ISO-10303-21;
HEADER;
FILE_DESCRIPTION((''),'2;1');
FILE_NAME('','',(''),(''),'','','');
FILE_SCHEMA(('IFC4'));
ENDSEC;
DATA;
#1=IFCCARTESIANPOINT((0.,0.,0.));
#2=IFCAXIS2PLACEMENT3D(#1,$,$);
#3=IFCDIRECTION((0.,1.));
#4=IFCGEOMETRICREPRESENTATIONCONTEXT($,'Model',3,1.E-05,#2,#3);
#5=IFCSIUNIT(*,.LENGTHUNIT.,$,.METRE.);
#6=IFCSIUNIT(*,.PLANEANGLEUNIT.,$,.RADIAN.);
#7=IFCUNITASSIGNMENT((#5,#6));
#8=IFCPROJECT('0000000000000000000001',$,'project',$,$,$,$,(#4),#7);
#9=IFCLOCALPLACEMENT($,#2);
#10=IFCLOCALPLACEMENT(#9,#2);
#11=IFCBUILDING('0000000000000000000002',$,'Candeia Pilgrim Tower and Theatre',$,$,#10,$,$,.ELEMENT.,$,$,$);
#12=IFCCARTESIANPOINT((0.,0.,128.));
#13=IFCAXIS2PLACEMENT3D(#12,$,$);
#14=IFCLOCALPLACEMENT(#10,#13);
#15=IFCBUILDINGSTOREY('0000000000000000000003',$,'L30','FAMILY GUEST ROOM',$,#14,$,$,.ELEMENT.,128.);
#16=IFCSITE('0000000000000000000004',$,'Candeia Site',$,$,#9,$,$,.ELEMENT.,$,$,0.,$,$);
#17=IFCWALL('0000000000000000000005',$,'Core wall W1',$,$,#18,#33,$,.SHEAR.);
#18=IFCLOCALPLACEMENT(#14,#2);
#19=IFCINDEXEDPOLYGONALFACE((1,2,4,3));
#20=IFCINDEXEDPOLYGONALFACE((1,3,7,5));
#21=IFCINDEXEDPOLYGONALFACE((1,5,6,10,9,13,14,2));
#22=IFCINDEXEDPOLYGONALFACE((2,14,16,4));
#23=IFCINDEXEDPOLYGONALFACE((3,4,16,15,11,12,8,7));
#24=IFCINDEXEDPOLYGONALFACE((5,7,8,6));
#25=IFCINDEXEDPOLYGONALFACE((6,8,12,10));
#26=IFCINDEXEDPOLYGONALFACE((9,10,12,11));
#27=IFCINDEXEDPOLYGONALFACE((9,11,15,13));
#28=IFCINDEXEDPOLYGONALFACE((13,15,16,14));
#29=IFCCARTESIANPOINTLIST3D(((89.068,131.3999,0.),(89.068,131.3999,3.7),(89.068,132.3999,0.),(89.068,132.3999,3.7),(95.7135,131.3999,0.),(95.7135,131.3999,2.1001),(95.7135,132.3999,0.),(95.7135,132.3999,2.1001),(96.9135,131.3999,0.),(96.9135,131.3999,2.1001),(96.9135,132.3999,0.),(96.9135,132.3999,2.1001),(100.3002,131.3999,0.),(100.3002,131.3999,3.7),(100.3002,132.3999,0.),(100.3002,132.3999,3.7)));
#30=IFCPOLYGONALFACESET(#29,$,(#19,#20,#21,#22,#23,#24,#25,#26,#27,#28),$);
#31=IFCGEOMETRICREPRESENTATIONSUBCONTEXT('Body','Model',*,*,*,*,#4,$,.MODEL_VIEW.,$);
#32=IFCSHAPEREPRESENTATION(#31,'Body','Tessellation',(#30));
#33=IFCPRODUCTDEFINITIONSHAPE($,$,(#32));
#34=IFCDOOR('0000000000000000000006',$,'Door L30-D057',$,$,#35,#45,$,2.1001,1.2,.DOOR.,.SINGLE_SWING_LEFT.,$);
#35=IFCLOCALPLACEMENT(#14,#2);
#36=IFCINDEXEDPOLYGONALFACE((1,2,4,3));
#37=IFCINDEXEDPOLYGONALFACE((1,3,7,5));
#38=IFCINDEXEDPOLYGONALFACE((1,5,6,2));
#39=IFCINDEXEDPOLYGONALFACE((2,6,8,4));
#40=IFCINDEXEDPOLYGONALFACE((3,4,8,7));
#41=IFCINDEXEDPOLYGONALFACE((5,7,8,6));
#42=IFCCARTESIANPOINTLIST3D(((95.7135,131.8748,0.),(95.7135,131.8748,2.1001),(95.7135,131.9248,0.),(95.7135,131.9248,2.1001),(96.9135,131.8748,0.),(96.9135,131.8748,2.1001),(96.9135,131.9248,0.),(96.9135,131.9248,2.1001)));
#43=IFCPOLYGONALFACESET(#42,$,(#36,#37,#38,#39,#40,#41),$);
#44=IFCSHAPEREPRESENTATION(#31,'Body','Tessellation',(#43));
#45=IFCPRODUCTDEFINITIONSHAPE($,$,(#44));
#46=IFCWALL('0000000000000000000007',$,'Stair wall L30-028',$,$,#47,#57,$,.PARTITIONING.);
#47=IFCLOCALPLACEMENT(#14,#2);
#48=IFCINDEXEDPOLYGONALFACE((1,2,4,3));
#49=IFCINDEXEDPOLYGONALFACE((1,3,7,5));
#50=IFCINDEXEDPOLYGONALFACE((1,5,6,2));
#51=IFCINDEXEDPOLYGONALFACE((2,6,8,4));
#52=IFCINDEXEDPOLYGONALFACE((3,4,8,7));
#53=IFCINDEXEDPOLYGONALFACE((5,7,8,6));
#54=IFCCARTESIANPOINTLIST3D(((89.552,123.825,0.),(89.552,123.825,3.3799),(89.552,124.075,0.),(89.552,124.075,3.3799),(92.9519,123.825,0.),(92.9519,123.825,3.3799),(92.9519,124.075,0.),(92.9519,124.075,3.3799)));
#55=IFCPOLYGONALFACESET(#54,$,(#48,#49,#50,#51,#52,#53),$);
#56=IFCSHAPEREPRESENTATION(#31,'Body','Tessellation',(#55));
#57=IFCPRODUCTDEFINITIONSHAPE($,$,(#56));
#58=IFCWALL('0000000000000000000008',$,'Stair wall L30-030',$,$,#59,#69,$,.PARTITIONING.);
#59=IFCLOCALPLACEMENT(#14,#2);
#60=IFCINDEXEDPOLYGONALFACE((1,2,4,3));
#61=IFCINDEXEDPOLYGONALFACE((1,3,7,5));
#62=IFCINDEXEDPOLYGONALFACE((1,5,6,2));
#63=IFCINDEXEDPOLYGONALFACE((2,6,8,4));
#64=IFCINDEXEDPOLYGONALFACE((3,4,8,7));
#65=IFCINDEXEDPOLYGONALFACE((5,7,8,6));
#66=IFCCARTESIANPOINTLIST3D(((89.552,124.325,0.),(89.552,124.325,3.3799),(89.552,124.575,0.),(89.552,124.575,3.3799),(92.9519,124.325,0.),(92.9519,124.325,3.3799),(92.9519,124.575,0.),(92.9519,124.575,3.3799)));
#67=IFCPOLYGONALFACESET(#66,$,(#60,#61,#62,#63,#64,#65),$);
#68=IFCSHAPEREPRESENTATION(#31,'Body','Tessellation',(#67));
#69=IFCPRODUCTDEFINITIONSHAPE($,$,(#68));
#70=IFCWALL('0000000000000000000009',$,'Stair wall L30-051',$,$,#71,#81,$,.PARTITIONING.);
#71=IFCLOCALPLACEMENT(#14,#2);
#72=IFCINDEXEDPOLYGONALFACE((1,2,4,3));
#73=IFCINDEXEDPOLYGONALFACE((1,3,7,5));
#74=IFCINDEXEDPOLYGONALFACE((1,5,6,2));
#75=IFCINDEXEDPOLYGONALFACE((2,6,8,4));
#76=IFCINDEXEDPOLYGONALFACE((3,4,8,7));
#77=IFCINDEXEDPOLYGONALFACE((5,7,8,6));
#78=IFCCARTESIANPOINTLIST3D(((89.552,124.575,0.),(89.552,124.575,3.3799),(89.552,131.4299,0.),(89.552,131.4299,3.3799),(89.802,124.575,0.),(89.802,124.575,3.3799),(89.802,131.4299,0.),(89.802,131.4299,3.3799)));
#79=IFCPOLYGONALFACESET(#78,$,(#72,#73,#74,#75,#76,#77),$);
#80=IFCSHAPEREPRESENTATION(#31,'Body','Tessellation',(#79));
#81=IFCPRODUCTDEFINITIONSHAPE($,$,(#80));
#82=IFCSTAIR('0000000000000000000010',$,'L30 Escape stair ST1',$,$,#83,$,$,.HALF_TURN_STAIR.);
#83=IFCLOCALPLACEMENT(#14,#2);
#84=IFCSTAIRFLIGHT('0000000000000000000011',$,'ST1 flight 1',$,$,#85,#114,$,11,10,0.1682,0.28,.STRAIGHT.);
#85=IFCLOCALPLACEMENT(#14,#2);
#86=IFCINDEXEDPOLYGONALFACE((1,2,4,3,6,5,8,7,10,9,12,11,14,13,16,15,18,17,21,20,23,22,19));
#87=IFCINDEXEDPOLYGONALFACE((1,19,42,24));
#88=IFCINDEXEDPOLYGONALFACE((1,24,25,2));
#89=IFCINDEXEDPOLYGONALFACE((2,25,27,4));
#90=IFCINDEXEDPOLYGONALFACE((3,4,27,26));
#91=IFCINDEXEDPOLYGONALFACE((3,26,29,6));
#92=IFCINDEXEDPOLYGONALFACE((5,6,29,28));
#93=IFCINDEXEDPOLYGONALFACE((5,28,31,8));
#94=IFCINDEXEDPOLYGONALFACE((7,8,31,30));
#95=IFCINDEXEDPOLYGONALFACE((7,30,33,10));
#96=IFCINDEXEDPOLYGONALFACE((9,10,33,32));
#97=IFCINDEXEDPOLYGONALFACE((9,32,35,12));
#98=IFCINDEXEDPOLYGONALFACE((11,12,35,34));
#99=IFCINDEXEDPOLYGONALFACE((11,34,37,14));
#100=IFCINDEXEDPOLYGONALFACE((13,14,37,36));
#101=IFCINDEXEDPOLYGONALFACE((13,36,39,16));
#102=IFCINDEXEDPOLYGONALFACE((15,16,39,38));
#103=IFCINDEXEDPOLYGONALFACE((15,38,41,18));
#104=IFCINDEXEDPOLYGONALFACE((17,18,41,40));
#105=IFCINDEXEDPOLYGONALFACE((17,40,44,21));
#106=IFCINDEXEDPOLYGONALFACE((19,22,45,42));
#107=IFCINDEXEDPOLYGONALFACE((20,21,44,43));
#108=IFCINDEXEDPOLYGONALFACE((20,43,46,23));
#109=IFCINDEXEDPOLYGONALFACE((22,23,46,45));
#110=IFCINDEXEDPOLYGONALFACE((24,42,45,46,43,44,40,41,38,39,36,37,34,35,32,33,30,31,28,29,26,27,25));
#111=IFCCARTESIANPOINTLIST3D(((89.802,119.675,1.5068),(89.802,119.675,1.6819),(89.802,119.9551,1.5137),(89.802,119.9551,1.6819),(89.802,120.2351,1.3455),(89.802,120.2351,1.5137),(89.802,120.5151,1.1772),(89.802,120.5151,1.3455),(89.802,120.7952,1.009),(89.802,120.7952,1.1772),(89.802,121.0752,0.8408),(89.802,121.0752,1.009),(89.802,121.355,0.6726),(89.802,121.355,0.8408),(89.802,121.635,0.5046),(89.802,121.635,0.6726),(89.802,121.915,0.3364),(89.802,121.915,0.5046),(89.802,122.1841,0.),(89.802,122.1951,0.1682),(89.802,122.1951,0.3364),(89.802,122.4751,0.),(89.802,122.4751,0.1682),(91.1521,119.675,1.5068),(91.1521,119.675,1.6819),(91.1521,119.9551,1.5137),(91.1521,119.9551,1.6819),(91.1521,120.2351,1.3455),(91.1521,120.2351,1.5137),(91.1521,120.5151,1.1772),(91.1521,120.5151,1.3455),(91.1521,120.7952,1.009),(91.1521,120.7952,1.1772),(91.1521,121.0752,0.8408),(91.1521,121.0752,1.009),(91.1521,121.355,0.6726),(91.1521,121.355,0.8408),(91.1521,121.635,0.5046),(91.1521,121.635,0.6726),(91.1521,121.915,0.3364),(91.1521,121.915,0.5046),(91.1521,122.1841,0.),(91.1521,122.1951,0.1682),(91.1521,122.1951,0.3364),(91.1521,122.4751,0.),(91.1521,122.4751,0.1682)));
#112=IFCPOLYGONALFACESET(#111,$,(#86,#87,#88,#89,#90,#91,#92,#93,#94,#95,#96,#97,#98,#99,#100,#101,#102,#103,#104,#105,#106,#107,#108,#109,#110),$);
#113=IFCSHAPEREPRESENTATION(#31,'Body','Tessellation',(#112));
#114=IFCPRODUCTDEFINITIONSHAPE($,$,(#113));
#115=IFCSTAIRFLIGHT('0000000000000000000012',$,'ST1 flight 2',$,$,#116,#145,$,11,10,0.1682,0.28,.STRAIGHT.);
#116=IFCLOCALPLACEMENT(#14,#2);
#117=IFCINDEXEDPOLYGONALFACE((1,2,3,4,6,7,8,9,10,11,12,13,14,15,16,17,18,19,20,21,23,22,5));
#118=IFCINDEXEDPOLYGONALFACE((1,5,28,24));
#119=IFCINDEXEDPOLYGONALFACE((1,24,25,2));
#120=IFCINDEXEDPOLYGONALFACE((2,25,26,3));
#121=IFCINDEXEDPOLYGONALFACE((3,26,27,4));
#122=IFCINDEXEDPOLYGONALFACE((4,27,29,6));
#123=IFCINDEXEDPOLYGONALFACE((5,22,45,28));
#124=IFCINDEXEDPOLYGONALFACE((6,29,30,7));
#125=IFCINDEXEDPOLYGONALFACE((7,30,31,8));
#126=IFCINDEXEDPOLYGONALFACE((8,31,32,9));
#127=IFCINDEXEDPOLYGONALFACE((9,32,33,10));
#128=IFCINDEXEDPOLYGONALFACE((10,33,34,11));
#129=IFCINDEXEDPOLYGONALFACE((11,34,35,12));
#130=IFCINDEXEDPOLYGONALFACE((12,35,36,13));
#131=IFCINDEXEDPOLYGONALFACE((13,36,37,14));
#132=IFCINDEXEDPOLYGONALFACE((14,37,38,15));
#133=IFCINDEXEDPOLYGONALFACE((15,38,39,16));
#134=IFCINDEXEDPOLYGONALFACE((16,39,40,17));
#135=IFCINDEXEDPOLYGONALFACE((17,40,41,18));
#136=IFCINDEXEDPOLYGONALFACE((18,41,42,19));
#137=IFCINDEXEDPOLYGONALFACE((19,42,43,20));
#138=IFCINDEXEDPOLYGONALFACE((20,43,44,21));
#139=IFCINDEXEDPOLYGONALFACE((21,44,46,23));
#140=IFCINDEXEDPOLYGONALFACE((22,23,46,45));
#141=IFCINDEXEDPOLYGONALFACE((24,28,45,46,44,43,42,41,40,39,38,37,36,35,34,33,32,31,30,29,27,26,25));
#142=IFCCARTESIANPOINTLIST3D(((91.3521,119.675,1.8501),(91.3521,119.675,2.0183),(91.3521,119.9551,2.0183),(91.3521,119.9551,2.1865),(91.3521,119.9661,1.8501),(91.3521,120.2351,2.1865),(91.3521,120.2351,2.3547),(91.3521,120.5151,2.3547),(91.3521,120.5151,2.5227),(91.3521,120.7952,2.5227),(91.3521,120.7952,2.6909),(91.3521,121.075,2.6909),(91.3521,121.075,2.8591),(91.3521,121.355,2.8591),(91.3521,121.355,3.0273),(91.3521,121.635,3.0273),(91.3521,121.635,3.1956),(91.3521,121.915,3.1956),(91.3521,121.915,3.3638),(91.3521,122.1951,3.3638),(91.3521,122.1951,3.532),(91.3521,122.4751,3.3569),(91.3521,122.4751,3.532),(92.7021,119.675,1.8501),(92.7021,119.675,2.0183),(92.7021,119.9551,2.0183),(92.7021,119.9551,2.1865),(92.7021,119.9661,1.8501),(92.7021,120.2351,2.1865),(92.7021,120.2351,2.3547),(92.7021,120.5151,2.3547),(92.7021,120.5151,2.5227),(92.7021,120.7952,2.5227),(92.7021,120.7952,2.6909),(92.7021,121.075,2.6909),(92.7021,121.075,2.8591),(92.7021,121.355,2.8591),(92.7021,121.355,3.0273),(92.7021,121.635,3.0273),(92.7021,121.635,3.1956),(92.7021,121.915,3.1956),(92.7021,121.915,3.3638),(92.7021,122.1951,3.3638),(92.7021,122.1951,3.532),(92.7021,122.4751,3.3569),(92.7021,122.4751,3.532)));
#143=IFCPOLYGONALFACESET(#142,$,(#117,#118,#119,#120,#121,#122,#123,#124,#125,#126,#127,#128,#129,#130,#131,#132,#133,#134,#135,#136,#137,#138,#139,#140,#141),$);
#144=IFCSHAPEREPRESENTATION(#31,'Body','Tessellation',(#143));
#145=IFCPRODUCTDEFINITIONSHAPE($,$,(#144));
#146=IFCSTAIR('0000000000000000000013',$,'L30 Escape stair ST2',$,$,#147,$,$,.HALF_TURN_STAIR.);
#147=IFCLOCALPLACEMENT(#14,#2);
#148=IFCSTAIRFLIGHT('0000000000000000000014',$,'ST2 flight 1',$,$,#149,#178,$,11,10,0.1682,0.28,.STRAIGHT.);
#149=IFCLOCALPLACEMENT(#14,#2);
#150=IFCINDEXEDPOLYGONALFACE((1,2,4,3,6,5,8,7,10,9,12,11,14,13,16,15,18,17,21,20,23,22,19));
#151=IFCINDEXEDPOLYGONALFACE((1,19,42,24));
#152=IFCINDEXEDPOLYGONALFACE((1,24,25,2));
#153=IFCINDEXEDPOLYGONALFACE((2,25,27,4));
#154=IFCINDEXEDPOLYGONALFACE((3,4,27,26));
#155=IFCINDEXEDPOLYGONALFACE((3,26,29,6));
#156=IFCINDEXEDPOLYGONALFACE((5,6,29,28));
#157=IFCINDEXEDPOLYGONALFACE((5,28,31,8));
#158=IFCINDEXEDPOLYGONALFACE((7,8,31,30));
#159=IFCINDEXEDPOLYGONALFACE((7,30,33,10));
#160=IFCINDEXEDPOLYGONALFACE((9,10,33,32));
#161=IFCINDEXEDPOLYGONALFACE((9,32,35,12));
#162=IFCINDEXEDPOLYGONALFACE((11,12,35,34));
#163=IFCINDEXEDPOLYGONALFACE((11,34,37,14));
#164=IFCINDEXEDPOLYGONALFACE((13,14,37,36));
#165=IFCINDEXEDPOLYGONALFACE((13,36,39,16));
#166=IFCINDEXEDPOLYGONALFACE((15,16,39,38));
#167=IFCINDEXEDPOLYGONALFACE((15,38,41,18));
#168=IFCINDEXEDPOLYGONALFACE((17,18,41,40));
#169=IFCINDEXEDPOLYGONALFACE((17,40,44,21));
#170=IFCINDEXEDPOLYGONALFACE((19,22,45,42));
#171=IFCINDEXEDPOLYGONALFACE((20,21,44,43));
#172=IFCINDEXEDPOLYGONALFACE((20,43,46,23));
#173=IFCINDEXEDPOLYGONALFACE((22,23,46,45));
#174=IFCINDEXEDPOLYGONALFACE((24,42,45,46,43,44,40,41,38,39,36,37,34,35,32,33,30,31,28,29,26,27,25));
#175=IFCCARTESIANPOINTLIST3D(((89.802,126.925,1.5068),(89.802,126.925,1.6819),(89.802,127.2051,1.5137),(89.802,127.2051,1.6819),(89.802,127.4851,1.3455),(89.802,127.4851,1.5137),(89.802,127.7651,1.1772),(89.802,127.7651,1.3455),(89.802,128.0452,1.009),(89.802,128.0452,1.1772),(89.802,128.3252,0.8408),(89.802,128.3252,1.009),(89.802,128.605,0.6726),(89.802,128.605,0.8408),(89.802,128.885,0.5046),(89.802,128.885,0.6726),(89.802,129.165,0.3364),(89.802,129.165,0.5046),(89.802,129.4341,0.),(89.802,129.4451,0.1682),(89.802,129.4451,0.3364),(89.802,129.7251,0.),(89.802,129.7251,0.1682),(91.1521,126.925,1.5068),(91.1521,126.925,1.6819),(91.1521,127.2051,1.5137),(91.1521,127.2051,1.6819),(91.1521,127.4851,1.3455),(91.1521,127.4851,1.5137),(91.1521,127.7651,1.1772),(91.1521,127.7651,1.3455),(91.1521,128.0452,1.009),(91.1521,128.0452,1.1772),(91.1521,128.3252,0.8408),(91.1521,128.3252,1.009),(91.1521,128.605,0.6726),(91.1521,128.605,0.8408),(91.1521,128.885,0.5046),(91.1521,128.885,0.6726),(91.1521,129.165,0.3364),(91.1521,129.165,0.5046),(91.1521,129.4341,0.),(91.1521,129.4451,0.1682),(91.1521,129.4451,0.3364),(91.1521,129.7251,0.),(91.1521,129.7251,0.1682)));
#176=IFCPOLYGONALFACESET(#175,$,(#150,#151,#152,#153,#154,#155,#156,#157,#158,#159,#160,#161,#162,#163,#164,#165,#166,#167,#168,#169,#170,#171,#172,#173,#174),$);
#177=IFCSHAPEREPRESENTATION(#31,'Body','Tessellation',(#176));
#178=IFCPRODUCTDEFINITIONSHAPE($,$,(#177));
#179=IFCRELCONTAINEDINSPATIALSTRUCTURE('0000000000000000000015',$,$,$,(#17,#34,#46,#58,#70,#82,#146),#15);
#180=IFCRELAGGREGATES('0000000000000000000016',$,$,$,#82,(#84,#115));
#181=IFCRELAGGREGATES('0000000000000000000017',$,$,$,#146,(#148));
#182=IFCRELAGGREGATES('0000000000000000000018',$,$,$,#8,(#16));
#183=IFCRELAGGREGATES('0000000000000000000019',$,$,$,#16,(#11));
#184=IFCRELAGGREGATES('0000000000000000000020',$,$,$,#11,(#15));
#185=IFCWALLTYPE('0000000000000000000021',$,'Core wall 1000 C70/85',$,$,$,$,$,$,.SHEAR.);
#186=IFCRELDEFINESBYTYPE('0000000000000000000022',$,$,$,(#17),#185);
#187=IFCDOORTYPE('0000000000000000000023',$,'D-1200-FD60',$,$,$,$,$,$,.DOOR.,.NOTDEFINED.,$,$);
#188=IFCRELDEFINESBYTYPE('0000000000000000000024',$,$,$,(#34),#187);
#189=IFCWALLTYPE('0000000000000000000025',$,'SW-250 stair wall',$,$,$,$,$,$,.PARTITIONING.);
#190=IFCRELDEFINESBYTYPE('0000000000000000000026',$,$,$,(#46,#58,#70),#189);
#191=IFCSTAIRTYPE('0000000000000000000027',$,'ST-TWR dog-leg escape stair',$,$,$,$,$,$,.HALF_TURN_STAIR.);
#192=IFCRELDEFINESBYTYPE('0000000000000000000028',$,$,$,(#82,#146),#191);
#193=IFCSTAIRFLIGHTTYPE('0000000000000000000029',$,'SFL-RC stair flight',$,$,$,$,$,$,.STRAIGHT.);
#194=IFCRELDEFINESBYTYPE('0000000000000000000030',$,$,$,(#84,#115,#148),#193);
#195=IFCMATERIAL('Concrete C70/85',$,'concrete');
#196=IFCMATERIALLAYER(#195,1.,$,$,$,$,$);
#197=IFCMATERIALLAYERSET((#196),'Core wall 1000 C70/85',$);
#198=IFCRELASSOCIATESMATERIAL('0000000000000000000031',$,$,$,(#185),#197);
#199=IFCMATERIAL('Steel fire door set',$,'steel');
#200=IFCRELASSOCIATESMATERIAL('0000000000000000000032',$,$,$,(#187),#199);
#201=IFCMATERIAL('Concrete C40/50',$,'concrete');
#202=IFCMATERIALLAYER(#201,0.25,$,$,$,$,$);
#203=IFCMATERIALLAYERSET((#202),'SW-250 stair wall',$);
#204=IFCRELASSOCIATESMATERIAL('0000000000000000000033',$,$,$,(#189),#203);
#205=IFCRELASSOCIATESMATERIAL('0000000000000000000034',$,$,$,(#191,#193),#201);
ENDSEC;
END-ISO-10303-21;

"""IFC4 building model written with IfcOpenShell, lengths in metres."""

from ifc_helpers import new_model, si_unit, direction, frame, frame_2d, origin, place, context, subcontext, project, spatial, polyline, rectangle, outline, extrude, material, layer, layer_set, type_object, element, fill, aggregate, save


model = new_model("IFC4")

# Units and contexts
model_context = context("Model", 3, precision=1e-05, world=origin(), true_north=direction((0.0, 1.0)))
body_context = subcontext(model_context, "Body", "Model", "MODEL_VIEW")
ifc_project = project(units=[si_unit("LENGTHUNIT", "METRE"), si_unit("PLANEANGLEUNIT", "RADIAN")], contexts=[model_context])

# Site, building, storey
site_placement = place(None, origin())
site = spatial("IfcSite", under=ifc_project, at=site_placement, Name="Candeia Site", CompositionType="ELEMENT", RefElevation=0.0)
building_placement = place(site_placement, origin())
building = spatial("IfcBuilding", under=site, at=building_placement, Name="Candeia Pilgrim Tower and Theatre", CompositionType="ELEMENT")
storey_placement = place(building_placement, frame((0.0, 0.0, 128.0)))
storey = spatial("IfcBuildingStorey", under=building, at=storey_placement, Name="L30", Description="FAMILY GUEST ROOM", CompositionType="ELEMENT", Elevation=128.0)

# Wall, opening, door
ifc_material_1 = material(Name="Concrete C70/85", Category="concrete")
ifc_layer_1 = layer(ifc_material_1, 1.0)
ifc_layer_set_1 = layer_set([ifc_layer_1], Name="Core wall 1000 C70/85")
wall_type_1 = type_object("IfcWallType", Name="Core wall 1000 C70/85", PredefinedType="SHEAR", material=ifc_layer_set_1)
wall_1_placement = place(storey_placement, frame((89.0679, 131.8999, 0.0), z_axis=(0.0, 0.0, 1.0), x_axis=(1.0, 0.0, 0.0)))
wall_1 = element("IfcWall", 1, at=wall_1_placement, inside=storey, type_object=wall_type_1, Name="Core wall W1", PredefinedType="SHEAR", context=body_context, shape_type="SweptSolid", body=[
    extrude(rectangle(XDim=11.2322, YDim=1.0, at=frame_2d((5.6162, 0.0))), origin(), (0.0, 0.0, 1.0), 3.7),
])
opening_placement = place(wall_1_placement, frame((6.6455, 0.0, 0.0)))
opening = element("IfcOpeningElement", 2, at=opening_placement, cuts=wall_1, PredefinedType="OPENING", context=body_context, shape_type="SweptSolid", body=[
    extrude(rectangle(XDim=1.2, YDim=2.1001, at=frame_2d((0.6001, 1.05))), frame((0.0, 0.51, 0.0), z_axis=(0.0, -1.0, 0.0), x_axis=(1.0, 0.0, 0.0)), (0.0, 0.0, 1.0), 1.02),
])
ifc_material_2 = material(Name="Steel fire door set", Category="steel")
door_type = type_object("IfcDoorType", Name="D-1200-FD60", OperationType="NOTDEFINED", PredefinedType="DOOR", material=ifc_material_2)
door_placement = place(opening_placement, origin())
door = element("IfcDoor", 3, at=door_placement, inside=storey, type_object=door_type, Name="Door L30-D057", OperationType="SINGLE_SWING_LEFT", OverallHeight=2.1001, OverallWidth=1.2, PredefinedType="DOOR", context=body_context, shape_type="SweptSolid", body=[
    extrude(rectangle(XDim=1.2, YDim=2.1001, at=frame_2d((0.6001, 1.05))), frame((0.0, 0.0249, 0.0), z_axis=(0.0, -1.0, 0.0), x_axis=(1.0, 0.0, 0.0)), (0.0, 0.0, 1.0), 0.05),
])
fill(opening, door)

# Walls
ifc_material_3 = material(Name="Concrete C40/50", Category="concrete")
ifc_layer_2 = layer(ifc_material_3, 0.25)
ifc_layer_set_2 = layer_set([ifc_layer_2], Name="SW-250 stair wall")
wall_type_2 = type_object("IfcWallType", Name="SW-250 stair wall", PredefinedType="PARTITIONING", material=ifc_layer_set_2)
for number, where, z_axis, x_axis, name in (
    (4, (89.552, 123.95, 0.0), (0.0, 0.0, 1.0), (1.0, 0.0, 0.0), "Stair wall L30-028"),
    (5, (89.552, 124.45, 0.0), (0.0, 0.0, 1.0), (1.0, 0.0, 0.0), "Stair wall L30-030"),
):
    element("IfcWall", number, at=place(storey_placement, frame(where, z_axis=z_axis, x_axis=x_axis)), inside=storey, type_object=wall_type_2, Name=name, PredefinedType="PARTITIONING", context=body_context, shape_type="SweptSolid", body=[
        extrude(rectangle(XDim=3.3999, YDim=0.25, at=frame_2d((1.7, 0.0))), origin(), (0.0, 0.0, 1.0), 3.3799),
    ])
wall_2_placement = place(storey_placement, frame((89.677, 124.575, 0.0), z_axis=(0.0, 0.0, 1.0), x_axis=(0.0, 1.0, 0.0)))
element("IfcWall", 6, at=wall_2_placement, inside=storey, type_object=wall_type_2, Name="Stair wall L30-051", PredefinedType="PARTITIONING", context=body_context, shape_type="SweptSolid", body=[
    extrude(rectangle(XDim=6.855, YDim=0.25, at=frame_2d((3.4275, 0.0))), origin(), (0.0, 0.0, 1.0), 3.3799),
])

# Stairs, stair flights
stair_type = type_object("IfcStairType", Name="ST-TWR dog-leg escape stair", PredefinedType="HALF_TURN_STAIR", material=ifc_material_3)
stair_1_placement = place(storey_placement, origin())
stair_1 = element("IfcStair", 7, at=stair_1_placement, inside=storey, type_object=stair_type, Name="L30 Escape stair ST1", PredefinedType="HALF_TURN_STAIR")
stair_flight_type = type_object("IfcStairFlightType", Name="SFL-RC stair flight", PredefinedType="STRAIGHT", material=ifc_material_3)
stair_flight_1_placement = place(storey_placement, frame((90.4771, 122.4751, 0.0), z_axis=(0.0, 0.0, 1.0), x_axis=(0.0, -1.0, 0.0)))
stair_flight_1 = element("IfcStairFlight", 8, at=stair_flight_1_placement, type_object=stair_flight_type, Name="ST1 flight 1", NumberOfRisers=11, NumberOfTreads=10, PredefinedType="STRAIGHT", RiserHeight=0.1682, TreadLength=0.28, context=body_context, shape_type="SweptSolid", body=[
    extrude(outline(polyline([(0.0, 0.0), (0.0, 0.1682), (0.28, 0.1682), (0.28, 0.3364), (0.5601, 0.3364), (0.5601, 0.5046), (0.8401, 0.5046), (0.8401, 0.6726), (1.1201, 0.6726), (1.1201, 0.8408), (1.3999, 0.8408), (1.3999, 1.009), (1.6799, 1.009), (1.6799, 1.1772), (1.96, 1.1772), (1.96, 1.3455), (2.24, 1.3455), (2.24, 1.5137), (2.52, 1.5137), (2.52, 1.6819), (2.8, 1.6819), (2.8, 1.8501), (2.8, 1.5068), (0.291, 0.0), (0.0, 0.0)])), frame((0.0, 0.675, 0.0), z_axis=(0.0, -1.0, 0.0), x_axis=(1.0, 0.0, 0.0)), (0.0, 0.0, 1.0), 1.3501),
])
stair_flight_2_placement = place(storey_placement, frame((92.0271, 119.675, 1.8501), z_axis=(0.0, 0.0, 1.0), x_axis=(0.0, 1.0, 0.0)))
stair_flight_2 = element("IfcStairFlight", 9, at=stair_flight_2_placement, type_object=stair_flight_type, Name="ST1 flight 2", NumberOfRisers=11, NumberOfTreads=10, PredefinedType="STRAIGHT", RiserHeight=0.1682, TreadLength=0.28, context=body_context, shape_type="SweptSolid", body=[
    extrude(outline(polyline([(0.0, 0.0), (0.0, 0.1682), (0.28, 0.1682), (0.28, 0.3364), (0.5601, 0.3364), (0.5601, 0.5046), (0.8401, 0.5046), (0.8401, 0.6726), (1.1201, 0.6726), (1.1201, 0.8408), (1.3999, 0.8408), (1.3999, 1.009), (1.6799, 1.009), (1.6799, 1.1772), (1.96, 1.1772), (1.96, 1.3455), (2.24, 1.3455), (2.24, 1.5137), (2.52, 1.5137), (2.52, 1.6819), (2.8, 1.6819), (2.8, 1.8501), (2.8, 1.5068), (0.291, 0.0), (0.0, 0.0)])), frame((0.0, 0.675, 0.0), z_axis=(0.0, -1.0, 0.0), x_axis=(1.0, 0.0, 0.0)), (0.0, 0.0, 1.0), 1.3501),
])
aggregate(stair_1, [stair_flight_1, stair_flight_2])
stair_2_placement = place(storey_placement, origin())
stair_2 = element("IfcStair", 10, at=stair_2_placement, inside=storey, type_object=stair_type, Name="L30 Escape stair ST2", PredefinedType="HALF_TURN_STAIR")
stair_flight_3_placement = place(storey_placement, frame((90.4771, 129.7251, 0.0), z_axis=(0.0, 0.0, 1.0), x_axis=(0.0, -1.0, 0.0)))
stair_flight_3 = element("IfcStairFlight", 11, at=stair_flight_3_placement, type_object=stair_flight_type, Name="ST2 flight 1", NumberOfRisers=11, NumberOfTreads=10, PredefinedType="STRAIGHT", RiserHeight=0.1682, TreadLength=0.28, context=body_context, shape_type="SweptSolid", body=[
    extrude(outline(polyline([(0.0, 0.0), (0.0, 0.1682), (0.28, 0.1682), (0.28, 0.3364), (0.5601, 0.3364), (0.5601, 0.5046), (0.8401, 0.5046), (0.8401, 0.6726), (1.1201, 0.6726), (1.1201, 0.8408), (1.3999, 0.8408), (1.3999, 1.009), (1.6799, 1.009), (1.6799, 1.1772), (1.96, 1.1772), (1.96, 1.3455), (2.24, 1.3455), (2.24, 1.5137), (2.52, 1.5137), (2.52, 1.6819), (2.8, 1.6819), (2.8, 1.8501), (2.8, 1.5068), (0.291, 0.0), (0.0, 0.0)])), frame((0.0, 0.675, 0.0), z_axis=(0.0, -1.0, 0.0), x_axis=(1.0, 0.0, 0.0)), (0.0, 0.0, 1.0), 1.3501),
])
aggregate(stair_2, [stair_flight_3])

save(model, "model.ifc")
